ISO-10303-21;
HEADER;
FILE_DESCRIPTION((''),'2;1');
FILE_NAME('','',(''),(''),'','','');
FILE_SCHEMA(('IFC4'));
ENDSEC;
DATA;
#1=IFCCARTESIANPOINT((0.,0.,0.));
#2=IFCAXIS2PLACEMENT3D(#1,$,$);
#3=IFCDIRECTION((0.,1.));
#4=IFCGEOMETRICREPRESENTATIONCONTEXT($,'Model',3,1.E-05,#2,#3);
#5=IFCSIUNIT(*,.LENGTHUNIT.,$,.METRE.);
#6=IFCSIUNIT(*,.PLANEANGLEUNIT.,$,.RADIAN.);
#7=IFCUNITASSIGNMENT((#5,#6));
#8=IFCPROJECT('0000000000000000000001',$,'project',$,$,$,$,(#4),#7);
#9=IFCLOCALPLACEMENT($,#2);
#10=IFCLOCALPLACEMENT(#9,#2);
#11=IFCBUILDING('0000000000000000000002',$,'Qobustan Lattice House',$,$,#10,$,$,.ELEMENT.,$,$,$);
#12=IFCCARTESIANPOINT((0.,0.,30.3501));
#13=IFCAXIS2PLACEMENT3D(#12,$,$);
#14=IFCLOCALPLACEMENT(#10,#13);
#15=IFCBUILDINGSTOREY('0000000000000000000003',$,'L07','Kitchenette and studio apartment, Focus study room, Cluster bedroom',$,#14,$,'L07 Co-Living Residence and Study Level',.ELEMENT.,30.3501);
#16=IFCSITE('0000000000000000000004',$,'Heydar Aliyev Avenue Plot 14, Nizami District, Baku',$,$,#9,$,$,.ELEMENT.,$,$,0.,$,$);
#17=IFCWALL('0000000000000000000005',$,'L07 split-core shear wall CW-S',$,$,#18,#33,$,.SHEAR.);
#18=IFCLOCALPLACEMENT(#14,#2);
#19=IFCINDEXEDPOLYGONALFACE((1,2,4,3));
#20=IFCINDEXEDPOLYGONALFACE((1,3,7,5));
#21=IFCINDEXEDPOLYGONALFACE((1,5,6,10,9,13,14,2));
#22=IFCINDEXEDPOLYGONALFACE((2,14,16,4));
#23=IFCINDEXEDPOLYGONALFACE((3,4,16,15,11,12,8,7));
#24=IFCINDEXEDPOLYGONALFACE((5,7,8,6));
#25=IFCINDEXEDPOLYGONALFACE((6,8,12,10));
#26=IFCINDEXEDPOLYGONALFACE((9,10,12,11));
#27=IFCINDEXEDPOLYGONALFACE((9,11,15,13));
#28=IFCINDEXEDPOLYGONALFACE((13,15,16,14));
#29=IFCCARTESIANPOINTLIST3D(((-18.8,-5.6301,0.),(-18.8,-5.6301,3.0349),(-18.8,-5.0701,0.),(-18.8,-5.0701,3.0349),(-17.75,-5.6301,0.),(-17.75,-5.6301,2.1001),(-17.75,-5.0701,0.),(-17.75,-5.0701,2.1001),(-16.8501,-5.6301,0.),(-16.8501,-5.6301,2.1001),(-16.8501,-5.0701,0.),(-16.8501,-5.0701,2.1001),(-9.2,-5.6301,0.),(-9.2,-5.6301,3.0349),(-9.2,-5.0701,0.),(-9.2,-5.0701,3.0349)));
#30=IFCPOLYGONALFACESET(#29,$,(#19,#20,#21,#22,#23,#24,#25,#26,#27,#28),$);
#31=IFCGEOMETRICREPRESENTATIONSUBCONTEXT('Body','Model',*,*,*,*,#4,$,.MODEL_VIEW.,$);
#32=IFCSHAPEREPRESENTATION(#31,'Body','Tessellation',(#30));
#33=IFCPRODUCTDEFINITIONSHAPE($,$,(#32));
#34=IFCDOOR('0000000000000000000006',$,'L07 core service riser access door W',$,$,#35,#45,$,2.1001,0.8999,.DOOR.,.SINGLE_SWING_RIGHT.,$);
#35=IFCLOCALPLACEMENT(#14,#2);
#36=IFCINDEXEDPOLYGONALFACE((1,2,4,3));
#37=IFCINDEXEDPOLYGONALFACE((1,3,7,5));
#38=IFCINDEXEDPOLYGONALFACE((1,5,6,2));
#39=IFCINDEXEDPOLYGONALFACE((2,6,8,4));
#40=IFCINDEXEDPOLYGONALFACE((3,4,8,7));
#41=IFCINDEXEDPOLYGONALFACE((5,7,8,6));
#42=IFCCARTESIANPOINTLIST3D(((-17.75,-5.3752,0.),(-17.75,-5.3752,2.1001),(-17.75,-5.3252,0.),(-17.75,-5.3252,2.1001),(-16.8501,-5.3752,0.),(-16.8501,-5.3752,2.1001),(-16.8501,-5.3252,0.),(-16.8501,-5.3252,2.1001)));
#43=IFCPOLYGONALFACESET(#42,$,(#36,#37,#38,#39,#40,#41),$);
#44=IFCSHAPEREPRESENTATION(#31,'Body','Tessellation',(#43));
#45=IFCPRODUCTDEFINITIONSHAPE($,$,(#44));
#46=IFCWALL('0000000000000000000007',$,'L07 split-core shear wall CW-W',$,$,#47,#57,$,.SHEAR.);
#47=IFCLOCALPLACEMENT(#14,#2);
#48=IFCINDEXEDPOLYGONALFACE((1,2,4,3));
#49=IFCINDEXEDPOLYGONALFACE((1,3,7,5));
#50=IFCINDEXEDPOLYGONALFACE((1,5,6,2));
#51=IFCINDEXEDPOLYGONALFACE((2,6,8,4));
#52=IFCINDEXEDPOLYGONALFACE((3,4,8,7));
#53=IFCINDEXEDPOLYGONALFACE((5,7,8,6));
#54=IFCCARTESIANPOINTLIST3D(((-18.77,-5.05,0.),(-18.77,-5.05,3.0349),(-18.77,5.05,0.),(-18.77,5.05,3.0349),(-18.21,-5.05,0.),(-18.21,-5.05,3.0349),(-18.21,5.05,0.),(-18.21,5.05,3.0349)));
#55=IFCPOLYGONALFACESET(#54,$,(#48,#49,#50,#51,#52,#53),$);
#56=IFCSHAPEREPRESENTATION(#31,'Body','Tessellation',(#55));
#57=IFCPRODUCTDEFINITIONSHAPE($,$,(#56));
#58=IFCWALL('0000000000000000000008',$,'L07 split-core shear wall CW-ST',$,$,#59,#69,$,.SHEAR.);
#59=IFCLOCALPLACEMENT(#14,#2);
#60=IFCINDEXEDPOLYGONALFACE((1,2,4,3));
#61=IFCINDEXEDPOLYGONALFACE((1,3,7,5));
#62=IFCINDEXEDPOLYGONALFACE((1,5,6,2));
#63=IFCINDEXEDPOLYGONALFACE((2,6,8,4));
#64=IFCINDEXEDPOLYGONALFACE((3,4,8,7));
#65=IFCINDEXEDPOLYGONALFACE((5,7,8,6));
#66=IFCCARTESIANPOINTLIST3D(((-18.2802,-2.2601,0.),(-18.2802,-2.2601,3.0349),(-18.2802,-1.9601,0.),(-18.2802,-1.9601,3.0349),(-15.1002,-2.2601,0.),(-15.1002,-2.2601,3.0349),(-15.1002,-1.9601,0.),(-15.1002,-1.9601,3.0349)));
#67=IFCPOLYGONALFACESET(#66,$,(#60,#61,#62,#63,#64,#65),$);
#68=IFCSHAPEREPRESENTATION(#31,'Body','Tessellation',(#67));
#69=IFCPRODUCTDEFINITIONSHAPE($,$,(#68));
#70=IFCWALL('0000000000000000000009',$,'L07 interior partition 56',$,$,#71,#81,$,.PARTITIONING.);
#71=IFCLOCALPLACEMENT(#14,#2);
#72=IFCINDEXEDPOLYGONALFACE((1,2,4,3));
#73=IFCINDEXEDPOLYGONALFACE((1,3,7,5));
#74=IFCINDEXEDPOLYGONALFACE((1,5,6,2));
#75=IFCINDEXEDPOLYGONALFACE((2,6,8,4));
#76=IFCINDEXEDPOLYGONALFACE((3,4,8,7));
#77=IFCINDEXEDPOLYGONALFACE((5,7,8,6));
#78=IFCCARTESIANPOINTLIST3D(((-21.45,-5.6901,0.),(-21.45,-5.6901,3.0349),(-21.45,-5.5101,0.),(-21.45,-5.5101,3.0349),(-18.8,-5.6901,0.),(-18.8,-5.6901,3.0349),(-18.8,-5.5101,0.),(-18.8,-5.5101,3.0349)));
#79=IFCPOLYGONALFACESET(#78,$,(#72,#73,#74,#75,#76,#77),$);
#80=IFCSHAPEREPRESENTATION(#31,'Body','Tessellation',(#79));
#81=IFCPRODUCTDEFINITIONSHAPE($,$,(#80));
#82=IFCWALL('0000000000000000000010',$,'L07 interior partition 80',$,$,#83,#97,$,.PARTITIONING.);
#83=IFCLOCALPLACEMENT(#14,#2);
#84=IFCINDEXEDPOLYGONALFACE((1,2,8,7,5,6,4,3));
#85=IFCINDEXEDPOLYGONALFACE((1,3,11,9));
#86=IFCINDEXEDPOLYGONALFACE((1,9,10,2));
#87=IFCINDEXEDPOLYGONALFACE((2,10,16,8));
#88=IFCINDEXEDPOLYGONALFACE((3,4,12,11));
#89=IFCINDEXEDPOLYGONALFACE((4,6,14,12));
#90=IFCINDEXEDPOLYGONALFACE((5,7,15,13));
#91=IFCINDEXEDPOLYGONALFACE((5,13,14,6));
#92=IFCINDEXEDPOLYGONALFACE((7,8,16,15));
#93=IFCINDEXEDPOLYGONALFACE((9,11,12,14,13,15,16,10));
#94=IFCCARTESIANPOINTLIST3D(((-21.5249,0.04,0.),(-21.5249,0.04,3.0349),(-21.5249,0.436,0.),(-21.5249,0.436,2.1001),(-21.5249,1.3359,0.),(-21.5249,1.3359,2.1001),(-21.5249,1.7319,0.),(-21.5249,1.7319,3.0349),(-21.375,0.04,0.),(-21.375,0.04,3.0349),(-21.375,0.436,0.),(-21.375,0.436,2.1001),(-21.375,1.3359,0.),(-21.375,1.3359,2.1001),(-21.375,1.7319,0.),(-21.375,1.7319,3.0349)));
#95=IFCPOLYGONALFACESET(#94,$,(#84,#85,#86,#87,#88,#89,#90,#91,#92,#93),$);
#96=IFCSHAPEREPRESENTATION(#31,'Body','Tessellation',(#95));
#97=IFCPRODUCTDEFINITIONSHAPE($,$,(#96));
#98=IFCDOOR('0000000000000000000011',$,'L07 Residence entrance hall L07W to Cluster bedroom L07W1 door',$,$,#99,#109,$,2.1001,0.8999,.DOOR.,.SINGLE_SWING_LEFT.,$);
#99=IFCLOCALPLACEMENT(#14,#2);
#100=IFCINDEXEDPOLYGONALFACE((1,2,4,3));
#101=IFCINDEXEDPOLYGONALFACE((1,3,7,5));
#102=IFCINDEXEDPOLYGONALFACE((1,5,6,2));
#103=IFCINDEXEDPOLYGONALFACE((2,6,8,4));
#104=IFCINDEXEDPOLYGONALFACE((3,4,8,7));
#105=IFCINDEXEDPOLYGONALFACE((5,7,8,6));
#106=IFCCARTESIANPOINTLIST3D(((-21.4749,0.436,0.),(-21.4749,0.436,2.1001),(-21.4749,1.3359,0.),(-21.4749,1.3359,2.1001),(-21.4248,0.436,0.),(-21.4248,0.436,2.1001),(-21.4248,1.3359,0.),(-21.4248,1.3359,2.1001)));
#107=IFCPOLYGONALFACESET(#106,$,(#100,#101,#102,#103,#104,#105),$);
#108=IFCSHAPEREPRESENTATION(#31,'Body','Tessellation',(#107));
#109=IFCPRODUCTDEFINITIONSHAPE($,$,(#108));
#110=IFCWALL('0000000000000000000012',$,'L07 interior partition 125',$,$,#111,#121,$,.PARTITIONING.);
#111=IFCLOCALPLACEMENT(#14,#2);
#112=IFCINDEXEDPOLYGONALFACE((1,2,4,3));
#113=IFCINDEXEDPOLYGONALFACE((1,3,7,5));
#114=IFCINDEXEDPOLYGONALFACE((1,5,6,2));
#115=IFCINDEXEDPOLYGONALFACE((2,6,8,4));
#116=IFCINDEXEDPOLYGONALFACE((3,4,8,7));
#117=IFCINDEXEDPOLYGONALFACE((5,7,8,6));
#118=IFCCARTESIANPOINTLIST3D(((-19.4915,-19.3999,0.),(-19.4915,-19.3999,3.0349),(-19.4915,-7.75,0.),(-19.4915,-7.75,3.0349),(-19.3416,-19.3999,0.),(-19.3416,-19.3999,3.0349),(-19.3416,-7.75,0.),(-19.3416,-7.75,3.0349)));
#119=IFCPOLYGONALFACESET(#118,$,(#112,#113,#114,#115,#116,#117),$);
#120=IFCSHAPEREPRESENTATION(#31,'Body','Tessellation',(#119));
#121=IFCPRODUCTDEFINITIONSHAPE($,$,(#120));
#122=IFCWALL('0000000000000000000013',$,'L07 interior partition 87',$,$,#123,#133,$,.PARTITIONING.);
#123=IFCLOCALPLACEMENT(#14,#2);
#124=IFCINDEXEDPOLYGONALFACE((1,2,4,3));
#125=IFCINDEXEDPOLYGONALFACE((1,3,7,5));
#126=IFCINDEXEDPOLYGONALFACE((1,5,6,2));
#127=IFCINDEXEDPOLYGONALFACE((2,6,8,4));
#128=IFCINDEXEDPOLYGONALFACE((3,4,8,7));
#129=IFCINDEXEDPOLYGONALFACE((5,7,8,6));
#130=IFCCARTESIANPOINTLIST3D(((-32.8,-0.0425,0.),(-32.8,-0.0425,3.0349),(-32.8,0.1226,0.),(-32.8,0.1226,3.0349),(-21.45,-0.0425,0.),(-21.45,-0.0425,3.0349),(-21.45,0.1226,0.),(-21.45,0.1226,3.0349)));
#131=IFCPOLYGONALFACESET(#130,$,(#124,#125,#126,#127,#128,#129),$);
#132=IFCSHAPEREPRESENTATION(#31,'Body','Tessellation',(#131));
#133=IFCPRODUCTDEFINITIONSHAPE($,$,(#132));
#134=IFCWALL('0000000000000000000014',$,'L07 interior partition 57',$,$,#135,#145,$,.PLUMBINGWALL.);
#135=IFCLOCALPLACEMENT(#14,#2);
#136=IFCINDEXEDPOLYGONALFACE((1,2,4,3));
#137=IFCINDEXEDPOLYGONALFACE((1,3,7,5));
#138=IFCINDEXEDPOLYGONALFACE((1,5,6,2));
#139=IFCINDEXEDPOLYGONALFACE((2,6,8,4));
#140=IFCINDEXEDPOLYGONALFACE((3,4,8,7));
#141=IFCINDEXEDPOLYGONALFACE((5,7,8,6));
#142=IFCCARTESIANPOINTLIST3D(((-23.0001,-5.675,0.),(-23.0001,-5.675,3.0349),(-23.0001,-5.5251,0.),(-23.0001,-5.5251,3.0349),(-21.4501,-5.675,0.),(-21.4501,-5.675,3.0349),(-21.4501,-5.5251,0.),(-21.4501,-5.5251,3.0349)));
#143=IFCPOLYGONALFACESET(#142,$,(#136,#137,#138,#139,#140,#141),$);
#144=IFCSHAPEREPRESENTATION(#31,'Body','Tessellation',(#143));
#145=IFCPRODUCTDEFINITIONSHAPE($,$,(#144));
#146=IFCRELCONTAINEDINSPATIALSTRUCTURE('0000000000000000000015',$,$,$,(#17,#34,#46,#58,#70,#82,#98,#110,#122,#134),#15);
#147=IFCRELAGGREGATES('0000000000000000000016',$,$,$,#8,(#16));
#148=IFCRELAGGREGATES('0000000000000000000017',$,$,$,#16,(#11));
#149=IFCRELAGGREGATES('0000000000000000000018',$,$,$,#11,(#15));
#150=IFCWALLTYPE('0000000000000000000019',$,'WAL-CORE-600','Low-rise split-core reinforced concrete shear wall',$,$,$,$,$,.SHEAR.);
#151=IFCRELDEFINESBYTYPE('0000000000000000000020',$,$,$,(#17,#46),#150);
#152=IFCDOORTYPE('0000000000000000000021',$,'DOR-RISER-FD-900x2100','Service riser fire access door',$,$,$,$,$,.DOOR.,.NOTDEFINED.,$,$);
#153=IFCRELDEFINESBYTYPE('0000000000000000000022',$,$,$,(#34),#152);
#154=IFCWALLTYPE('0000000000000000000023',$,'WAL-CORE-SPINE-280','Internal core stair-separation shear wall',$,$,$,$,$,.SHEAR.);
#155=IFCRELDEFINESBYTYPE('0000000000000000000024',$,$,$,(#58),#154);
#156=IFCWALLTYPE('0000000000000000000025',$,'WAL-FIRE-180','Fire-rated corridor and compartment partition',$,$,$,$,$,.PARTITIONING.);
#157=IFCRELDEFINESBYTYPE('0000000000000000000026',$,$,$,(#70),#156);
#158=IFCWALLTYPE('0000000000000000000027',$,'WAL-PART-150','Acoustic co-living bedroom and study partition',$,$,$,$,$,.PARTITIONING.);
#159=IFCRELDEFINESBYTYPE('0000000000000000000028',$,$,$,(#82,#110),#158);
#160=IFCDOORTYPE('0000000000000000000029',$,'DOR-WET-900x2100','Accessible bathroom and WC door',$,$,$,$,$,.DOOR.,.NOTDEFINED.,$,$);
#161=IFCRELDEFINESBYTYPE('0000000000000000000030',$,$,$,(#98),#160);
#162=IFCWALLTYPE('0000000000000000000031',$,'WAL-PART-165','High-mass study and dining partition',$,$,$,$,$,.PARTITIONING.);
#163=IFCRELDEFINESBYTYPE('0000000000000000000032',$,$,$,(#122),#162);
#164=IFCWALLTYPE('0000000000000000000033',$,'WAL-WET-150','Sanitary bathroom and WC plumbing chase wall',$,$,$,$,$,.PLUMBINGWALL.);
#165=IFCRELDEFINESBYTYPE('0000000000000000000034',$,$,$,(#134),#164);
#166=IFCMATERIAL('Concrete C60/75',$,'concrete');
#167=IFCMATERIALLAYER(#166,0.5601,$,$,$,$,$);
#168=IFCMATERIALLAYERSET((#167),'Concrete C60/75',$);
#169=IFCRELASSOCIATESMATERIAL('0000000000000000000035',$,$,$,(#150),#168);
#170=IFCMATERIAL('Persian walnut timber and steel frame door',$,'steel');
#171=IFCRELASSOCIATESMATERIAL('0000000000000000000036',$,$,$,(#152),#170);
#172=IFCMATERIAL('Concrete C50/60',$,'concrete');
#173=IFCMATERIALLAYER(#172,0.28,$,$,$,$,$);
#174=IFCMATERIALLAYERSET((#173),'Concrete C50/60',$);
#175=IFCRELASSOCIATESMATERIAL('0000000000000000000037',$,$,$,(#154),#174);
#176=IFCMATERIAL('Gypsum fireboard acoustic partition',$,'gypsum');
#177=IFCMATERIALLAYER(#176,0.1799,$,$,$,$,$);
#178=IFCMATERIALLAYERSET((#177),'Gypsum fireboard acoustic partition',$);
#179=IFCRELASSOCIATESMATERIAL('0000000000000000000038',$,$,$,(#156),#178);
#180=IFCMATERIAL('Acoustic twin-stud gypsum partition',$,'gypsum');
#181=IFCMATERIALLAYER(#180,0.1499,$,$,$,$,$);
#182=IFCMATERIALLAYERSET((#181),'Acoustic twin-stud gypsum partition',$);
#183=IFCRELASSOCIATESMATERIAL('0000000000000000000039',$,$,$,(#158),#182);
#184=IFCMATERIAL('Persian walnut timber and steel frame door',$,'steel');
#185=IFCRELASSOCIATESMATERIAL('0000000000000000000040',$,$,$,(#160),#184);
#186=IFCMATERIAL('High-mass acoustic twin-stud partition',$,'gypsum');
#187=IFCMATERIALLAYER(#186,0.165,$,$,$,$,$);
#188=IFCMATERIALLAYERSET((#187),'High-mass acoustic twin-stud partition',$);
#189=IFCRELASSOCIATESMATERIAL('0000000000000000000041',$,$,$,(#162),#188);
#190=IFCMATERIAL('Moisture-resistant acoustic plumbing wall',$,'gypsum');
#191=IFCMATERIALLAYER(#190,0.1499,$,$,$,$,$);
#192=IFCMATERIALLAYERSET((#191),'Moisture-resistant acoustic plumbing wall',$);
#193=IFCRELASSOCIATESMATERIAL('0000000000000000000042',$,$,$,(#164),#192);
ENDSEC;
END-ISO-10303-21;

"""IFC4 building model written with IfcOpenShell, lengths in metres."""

from ifc_helpers import new_model, si_unit, direction, frame, frame_2d, origin, place, context, subcontext, project, spatial, rectangle, extrude, material, layer, layer_set, type_object, element, fill, save


model = new_model("IFC4")

# Units and contexts
model_context = context("Model", 3, precision=1e-05, world=origin(), true_north=direction((0.0, 1.0)))
body_context = subcontext(model_context, "Body", "Model", "MODEL_VIEW")
ifc_project = project(units=[si_unit("LENGTHUNIT", "METRE"), si_unit("PLANEANGLEUNIT", "RADIAN")], contexts=[model_context])

# Site, building, storey
site_placement = place(None, origin())
site = spatial("IfcSite", under=ifc_project, at=site_placement, Name="Heydar Aliyev Avenue Plot 14, Nizami District, Baku", CompositionType="ELEMENT", RefElevation=0.0)
building_placement = place(site_placement, origin())
building = spatial("IfcBuilding", under=site, at=building_placement, Name="Qobustan Lattice House", CompositionType="ELEMENT")
storey_placement = place(building_placement, frame((0.0, 0.0, 30.3501)))
storey = spatial("IfcBuildingStorey", under=building, at=storey_placement, Name="L07", Description="Kitchenette and studio apartment, Focus study room, Cluster bedroom", LongName="L07 Co-Living Residence and Study Level", CompositionType="ELEMENT", Elevation=30.3501)

# Wall, opening, door
ifc_material_1 = material(Name="Concrete C60/75", Category="concrete")
ifc_layer_1 = layer(ifc_material_1, 0.5601)
ifc_layer_set_1 = layer_set([ifc_layer_1], Name="Concrete C60/75")
wall_type_1 = type_object("IfcWallType", Name="WAL-CORE-600", Description="Low-rise split-core reinforced concrete shear wall", PredefinedType="SHEAR", material=ifc_layer_set_1)
wall_1_placement = place(storey_placement, frame((-18.8, -5.3501, 0.0), z_axis=(0.0, 0.0, 1.0), x_axis=(1.0, 0.0, 0.0)))
wall_1 = element("IfcWall", 1, at=wall_1_placement, inside=storey, type_object=wall_type_1, Name="L07 split-core shear wall CW-S", PredefinedType="SHEAR", context=body_context, shape_type="SweptSolid", body=[
    extrude(rectangle(XDim=9.6001, YDim=0.5601, at=frame_2d((4.8, 0.0))), origin(), (0.0, 0.0, 1.0), 3.0349),
])
opening_1_placement = place(wall_1_placement, frame((1.05, 0.0, 0.0)))
opening_1 = element("IfcOpeningElement", 2, at=opening_1_placement, cuts=wall_1, PredefinedType="OPENING", context=body_context, shape_type="SweptSolid", body=[
    extrude(rectangle(XDim=0.8999, YDim=2.1001, at=frame_2d((0.45, 1.05))), frame((0.0, 0.29, 0.0), z_axis=(0.0, -1.0, 0.0), x_axis=(1.0, 0.0, 0.0)), (0.0, 0.0, 1.0), 0.5801),
])
ifc_material_2 = material(Name="Persian walnut timber and steel frame door", Category="steel")
door_type_1 = type_object("IfcDoorType", Name="DOR-RISER-FD-900x2100", Description="Service riser fire access door", OperationType="NOTDEFINED", PredefinedType="DOOR", material=ifc_material_2)
door_1_placement = place(opening_1_placement, origin())
door_1 = element("IfcDoor", 3, at=door_1_placement, inside=storey, type_object=door_type_1, Name="L07 core service riser access door W", OperationType="SINGLE_SWING_RIGHT", OverallHeight=2.1001, OverallWidth=0.8999, PredefinedType="DOOR", context=body_context, shape_type="SweptSolid", body=[
    extrude(rectangle(XDim=0.8999, YDim=2.1001, at=frame_2d((0.45, 1.05))), frame((0.0, 0.0249, 0.0), z_axis=(0.0, -1.0, 0.0), x_axis=(1.0, 0.0, 0.0)), (0.0, 0.0, 1.0), 0.05),
])
fill(opening_1, door_1)

# Walls
wall_2_placement = place(storey_placement, frame((-18.49, -5.05, 0.0), z_axis=(0.0, 0.0, 1.0), x_axis=(0.0, 1.0, 0.0)))
element("IfcWall", 4, at=wall_2_placement, inside=storey, type_object=wall_type_1, Name="L07 split-core shear wall CW-W", PredefinedType="SHEAR", context=body_context, shape_type="SweptSolid", body=[
    extrude(rectangle(XDim=10.1001, YDim=0.5601, at=frame_2d((5.05, 0.0))), origin(), (0.0, 0.0, 1.0), 3.0349),
])
ifc_material_3 = material(Name="Concrete C50/60", Category="concrete")
ifc_layer_2 = layer(ifc_material_3, 0.28)
ifc_layer_set_2 = layer_set([ifc_layer_2], Name="Concrete C50/60")
wall_type_2 = type_object("IfcWallType", Name="WAL-CORE-SPINE-280", Description="Internal core stair-separation shear wall", PredefinedType="SHEAR", material=ifc_layer_set_2)
wall_3_placement = place(storey_placement, frame((-18.28, -2.1101, 0.0), z_axis=(0.0, 0.0, 1.0), x_axis=(1.0, 0.0, 0.0)))
element("IfcWall", 5, at=wall_3_placement, inside=storey, type_object=wall_type_2, Name="L07 split-core shear wall CW-ST", PredefinedType="SHEAR", context=body_context, shape_type="SweptSolid", body=[
    extrude(rectangle(XDim=3.1799, YDim=0.3, at=frame_2d((1.5898, 0.0))), origin(), (0.0, 0.0, 1.0), 3.0349),
])
ifc_material_4 = material(Name="Gypsum fireboard acoustic partition", Category="gypsum")
ifc_layer_3 = layer(ifc_material_4, 0.1799)
ifc_layer_set_3 = layer_set([ifc_layer_3], Name="Gypsum fireboard acoustic partition")
wall_type_3 = type_object("IfcWallType", Name="WAL-FIRE-180", Description="Fire-rated corridor and compartment partition", PredefinedType="PARTITIONING", material=ifc_layer_set_3)
wall_4_placement = place(storey_placement, frame((-21.45, -5.6001, 0.0), z_axis=(0.0, 0.0, 1.0), x_axis=(1.0, 0.0, 0.0)))
element("IfcWall", 6, at=wall_4_placement, inside=storey, type_object=wall_type_3, Name="L07 interior partition 56", PredefinedType="PARTITIONING", context=body_context, shape_type="SweptSolid", body=[
    extrude(rectangle(XDim=2.6499, YDim=0.1799, at=frame_2d((1.325, 0.0))), origin(), (0.0, 0.0, 1.0), 3.0349),
])

# Wall, opening, door
ifc_material_5 = material(Name="Acoustic twin-stud gypsum partition", Category="gypsum")
ifc_layer_4 = layer(ifc_material_5, 0.1499)
ifc_layer_set_4 = layer_set([ifc_layer_4], Name="Acoustic twin-stud gypsum partition")
wall_type_4 = type_object("IfcWallType", Name="WAL-PART-150", Description="Acoustic co-living bedroom and study partition", PredefinedType="PARTITIONING", material=ifc_layer_set_4)
wall_5_placement = place(storey_placement, frame((-21.45, 0.04, 0.0), z_axis=(0.0, 0.0, 1.0), x_axis=(0.0, 1.0, 0.0)))
wall_5 = element("IfcWall", 7, at=wall_5_placement, inside=storey, type_object=wall_type_4, Name="L07 interior partition 80", PredefinedType="PARTITIONING", context=body_context, shape_type="SweptSolid", body=[
    extrude(rectangle(XDim=1.6919, YDim=0.1499, at=frame_2d((0.8459, 0.0))), origin(), (0.0, 0.0, 1.0), 3.0349),
])
opening_2_placement = place(wall_5_placement, frame((0.396, 0.0, 0.0)))
opening_2 = element("IfcOpeningElement", 8, at=opening_2_placement, cuts=wall_5, PredefinedType="OPENING", context=body_context, shape_type="SweptSolid", body=[
    extrude(rectangle(XDim=0.8999, YDim=2.1001, at=frame_2d((0.45, 1.05))), frame((0.0, 0.085, 0.0), z_axis=(0.0, -1.0, 0.0), x_axis=(1.0, 0.0, 0.0)), (0.0, 0.0, 1.0), 0.1699),
])
ifc_material_6 = material(Name="Persian walnut timber and steel frame door", Category="steel")
door_type_2 = type_object("IfcDoorType", Name="DOR-WET-900x2100", Description="Accessible bathroom and WC door", OperationType="NOTDEFINED", PredefinedType="DOOR", material=ifc_material_6)
door_2_placement = place(opening_2_placement, origin())
door_2 = element("IfcDoor", 9, at=door_2_placement, inside=storey, type_object=door_type_2, Name="L07 Residence entrance hall L07W to Cluster bedroom L07W1 door", OperationType="SINGLE_SWING_LEFT", OverallHeight=2.1001, OverallWidth=0.8999, PredefinedType="DOOR", context=body_context, shape_type="SweptSolid", body=[
    extrude(rectangle(XDim=0.8999, YDim=2.1001, at=frame_2d((0.45, 1.05))), frame((0.0, 0.0249, 0.0), z_axis=(0.0, -1.0, 0.0), x_axis=(1.0, 0.0, 0.0)), (0.0, 0.0, 1.0), 0.05),
])
fill(opening_2, door_2)

# Wall
wall_6_placement = place(storey_placement, frame((-19.4165, -7.75, 0.0), z_axis=(0.0, 0.0, 1.0), x_axis=(0.0, -1.0, 0.0)))
element("IfcWall", 10, at=wall_6_placement, inside=storey, type_object=wall_type_4, Name="L07 interior partition 125", PredefinedType="PARTITIONING", context=body_context, shape_type="SweptSolid", body=[
    extrude(rectangle(XDim=11.6499, YDim=0.1499, at=frame_2d((5.825, 0.0))), origin(), (0.0, 0.0, 1.0), 3.0349),
])

# Shared definitions
ifc_material_7 = material(Name="High-mass acoustic twin-stud partition", Category="gypsum")
ifc_layer_5 = layer(ifc_material_7, 0.165)
ifc_layer_set_5 = layer_set([ifc_layer_5], Name="High-mass acoustic twin-stud partition")
wall_type_5 = type_object("IfcWallType", Name="WAL-PART-165", Description="High-mass study and dining partition", PredefinedType="PARTITIONING", material=ifc_layer_set_5)

# Walls
wall_7_placement = place(storey_placement, frame((-32.8, 0.04, 0.0), z_axis=(0.0, 0.0, 1.0), x_axis=(1.0, 0.0, 0.0)))
element("IfcWall", 11, at=wall_7_placement, inside=storey, type_object=wall_type_5, Name="L07 interior partition 87", PredefinedType="PARTITIONING", context=body_context, shape_type="SweptSolid", body=[
    extrude(rectangle(XDim=11.3501, YDim=0.165, at=frame_2d((5.675, 0.0))), origin(), (0.0, 0.0, 1.0), 3.0349),
])
ifc_material_8 = material(Name="Moisture-resistant acoustic plumbing wall", Category="gypsum")
ifc_layer_6 = layer(ifc_material_8, 0.1499)
ifc_layer_set_6 = layer_set([ifc_layer_6], Name="Moisture-resistant acoustic plumbing wall")
wall_type_6 = type_object("IfcWallType", Name="WAL-WET-150", Description="Sanitary bathroom and WC plumbing chase wall", PredefinedType="PLUMBINGWALL", material=ifc_layer_set_6)
wall_8_placement = place(storey_placement, frame((-23.0, -5.6001, 0.0), z_axis=(0.0, 0.0, 1.0), x_axis=(1.0, 0.0, 0.0)))
element("IfcWall", 12, at=wall_8_placement, inside=storey, type_object=wall_type_6, Name="L07 interior partition 57", PredefinedType="PLUMBINGWALL", context=body_context, shape_type="SweptSolid", body=[
    extrude(rectangle(XDim=1.55, YDim=0.1499, at=frame_2d((0.7749, 0.0))), origin(), (0.0, 0.0, 1.0), 3.0349),
])

save(model, "model.ifc")
